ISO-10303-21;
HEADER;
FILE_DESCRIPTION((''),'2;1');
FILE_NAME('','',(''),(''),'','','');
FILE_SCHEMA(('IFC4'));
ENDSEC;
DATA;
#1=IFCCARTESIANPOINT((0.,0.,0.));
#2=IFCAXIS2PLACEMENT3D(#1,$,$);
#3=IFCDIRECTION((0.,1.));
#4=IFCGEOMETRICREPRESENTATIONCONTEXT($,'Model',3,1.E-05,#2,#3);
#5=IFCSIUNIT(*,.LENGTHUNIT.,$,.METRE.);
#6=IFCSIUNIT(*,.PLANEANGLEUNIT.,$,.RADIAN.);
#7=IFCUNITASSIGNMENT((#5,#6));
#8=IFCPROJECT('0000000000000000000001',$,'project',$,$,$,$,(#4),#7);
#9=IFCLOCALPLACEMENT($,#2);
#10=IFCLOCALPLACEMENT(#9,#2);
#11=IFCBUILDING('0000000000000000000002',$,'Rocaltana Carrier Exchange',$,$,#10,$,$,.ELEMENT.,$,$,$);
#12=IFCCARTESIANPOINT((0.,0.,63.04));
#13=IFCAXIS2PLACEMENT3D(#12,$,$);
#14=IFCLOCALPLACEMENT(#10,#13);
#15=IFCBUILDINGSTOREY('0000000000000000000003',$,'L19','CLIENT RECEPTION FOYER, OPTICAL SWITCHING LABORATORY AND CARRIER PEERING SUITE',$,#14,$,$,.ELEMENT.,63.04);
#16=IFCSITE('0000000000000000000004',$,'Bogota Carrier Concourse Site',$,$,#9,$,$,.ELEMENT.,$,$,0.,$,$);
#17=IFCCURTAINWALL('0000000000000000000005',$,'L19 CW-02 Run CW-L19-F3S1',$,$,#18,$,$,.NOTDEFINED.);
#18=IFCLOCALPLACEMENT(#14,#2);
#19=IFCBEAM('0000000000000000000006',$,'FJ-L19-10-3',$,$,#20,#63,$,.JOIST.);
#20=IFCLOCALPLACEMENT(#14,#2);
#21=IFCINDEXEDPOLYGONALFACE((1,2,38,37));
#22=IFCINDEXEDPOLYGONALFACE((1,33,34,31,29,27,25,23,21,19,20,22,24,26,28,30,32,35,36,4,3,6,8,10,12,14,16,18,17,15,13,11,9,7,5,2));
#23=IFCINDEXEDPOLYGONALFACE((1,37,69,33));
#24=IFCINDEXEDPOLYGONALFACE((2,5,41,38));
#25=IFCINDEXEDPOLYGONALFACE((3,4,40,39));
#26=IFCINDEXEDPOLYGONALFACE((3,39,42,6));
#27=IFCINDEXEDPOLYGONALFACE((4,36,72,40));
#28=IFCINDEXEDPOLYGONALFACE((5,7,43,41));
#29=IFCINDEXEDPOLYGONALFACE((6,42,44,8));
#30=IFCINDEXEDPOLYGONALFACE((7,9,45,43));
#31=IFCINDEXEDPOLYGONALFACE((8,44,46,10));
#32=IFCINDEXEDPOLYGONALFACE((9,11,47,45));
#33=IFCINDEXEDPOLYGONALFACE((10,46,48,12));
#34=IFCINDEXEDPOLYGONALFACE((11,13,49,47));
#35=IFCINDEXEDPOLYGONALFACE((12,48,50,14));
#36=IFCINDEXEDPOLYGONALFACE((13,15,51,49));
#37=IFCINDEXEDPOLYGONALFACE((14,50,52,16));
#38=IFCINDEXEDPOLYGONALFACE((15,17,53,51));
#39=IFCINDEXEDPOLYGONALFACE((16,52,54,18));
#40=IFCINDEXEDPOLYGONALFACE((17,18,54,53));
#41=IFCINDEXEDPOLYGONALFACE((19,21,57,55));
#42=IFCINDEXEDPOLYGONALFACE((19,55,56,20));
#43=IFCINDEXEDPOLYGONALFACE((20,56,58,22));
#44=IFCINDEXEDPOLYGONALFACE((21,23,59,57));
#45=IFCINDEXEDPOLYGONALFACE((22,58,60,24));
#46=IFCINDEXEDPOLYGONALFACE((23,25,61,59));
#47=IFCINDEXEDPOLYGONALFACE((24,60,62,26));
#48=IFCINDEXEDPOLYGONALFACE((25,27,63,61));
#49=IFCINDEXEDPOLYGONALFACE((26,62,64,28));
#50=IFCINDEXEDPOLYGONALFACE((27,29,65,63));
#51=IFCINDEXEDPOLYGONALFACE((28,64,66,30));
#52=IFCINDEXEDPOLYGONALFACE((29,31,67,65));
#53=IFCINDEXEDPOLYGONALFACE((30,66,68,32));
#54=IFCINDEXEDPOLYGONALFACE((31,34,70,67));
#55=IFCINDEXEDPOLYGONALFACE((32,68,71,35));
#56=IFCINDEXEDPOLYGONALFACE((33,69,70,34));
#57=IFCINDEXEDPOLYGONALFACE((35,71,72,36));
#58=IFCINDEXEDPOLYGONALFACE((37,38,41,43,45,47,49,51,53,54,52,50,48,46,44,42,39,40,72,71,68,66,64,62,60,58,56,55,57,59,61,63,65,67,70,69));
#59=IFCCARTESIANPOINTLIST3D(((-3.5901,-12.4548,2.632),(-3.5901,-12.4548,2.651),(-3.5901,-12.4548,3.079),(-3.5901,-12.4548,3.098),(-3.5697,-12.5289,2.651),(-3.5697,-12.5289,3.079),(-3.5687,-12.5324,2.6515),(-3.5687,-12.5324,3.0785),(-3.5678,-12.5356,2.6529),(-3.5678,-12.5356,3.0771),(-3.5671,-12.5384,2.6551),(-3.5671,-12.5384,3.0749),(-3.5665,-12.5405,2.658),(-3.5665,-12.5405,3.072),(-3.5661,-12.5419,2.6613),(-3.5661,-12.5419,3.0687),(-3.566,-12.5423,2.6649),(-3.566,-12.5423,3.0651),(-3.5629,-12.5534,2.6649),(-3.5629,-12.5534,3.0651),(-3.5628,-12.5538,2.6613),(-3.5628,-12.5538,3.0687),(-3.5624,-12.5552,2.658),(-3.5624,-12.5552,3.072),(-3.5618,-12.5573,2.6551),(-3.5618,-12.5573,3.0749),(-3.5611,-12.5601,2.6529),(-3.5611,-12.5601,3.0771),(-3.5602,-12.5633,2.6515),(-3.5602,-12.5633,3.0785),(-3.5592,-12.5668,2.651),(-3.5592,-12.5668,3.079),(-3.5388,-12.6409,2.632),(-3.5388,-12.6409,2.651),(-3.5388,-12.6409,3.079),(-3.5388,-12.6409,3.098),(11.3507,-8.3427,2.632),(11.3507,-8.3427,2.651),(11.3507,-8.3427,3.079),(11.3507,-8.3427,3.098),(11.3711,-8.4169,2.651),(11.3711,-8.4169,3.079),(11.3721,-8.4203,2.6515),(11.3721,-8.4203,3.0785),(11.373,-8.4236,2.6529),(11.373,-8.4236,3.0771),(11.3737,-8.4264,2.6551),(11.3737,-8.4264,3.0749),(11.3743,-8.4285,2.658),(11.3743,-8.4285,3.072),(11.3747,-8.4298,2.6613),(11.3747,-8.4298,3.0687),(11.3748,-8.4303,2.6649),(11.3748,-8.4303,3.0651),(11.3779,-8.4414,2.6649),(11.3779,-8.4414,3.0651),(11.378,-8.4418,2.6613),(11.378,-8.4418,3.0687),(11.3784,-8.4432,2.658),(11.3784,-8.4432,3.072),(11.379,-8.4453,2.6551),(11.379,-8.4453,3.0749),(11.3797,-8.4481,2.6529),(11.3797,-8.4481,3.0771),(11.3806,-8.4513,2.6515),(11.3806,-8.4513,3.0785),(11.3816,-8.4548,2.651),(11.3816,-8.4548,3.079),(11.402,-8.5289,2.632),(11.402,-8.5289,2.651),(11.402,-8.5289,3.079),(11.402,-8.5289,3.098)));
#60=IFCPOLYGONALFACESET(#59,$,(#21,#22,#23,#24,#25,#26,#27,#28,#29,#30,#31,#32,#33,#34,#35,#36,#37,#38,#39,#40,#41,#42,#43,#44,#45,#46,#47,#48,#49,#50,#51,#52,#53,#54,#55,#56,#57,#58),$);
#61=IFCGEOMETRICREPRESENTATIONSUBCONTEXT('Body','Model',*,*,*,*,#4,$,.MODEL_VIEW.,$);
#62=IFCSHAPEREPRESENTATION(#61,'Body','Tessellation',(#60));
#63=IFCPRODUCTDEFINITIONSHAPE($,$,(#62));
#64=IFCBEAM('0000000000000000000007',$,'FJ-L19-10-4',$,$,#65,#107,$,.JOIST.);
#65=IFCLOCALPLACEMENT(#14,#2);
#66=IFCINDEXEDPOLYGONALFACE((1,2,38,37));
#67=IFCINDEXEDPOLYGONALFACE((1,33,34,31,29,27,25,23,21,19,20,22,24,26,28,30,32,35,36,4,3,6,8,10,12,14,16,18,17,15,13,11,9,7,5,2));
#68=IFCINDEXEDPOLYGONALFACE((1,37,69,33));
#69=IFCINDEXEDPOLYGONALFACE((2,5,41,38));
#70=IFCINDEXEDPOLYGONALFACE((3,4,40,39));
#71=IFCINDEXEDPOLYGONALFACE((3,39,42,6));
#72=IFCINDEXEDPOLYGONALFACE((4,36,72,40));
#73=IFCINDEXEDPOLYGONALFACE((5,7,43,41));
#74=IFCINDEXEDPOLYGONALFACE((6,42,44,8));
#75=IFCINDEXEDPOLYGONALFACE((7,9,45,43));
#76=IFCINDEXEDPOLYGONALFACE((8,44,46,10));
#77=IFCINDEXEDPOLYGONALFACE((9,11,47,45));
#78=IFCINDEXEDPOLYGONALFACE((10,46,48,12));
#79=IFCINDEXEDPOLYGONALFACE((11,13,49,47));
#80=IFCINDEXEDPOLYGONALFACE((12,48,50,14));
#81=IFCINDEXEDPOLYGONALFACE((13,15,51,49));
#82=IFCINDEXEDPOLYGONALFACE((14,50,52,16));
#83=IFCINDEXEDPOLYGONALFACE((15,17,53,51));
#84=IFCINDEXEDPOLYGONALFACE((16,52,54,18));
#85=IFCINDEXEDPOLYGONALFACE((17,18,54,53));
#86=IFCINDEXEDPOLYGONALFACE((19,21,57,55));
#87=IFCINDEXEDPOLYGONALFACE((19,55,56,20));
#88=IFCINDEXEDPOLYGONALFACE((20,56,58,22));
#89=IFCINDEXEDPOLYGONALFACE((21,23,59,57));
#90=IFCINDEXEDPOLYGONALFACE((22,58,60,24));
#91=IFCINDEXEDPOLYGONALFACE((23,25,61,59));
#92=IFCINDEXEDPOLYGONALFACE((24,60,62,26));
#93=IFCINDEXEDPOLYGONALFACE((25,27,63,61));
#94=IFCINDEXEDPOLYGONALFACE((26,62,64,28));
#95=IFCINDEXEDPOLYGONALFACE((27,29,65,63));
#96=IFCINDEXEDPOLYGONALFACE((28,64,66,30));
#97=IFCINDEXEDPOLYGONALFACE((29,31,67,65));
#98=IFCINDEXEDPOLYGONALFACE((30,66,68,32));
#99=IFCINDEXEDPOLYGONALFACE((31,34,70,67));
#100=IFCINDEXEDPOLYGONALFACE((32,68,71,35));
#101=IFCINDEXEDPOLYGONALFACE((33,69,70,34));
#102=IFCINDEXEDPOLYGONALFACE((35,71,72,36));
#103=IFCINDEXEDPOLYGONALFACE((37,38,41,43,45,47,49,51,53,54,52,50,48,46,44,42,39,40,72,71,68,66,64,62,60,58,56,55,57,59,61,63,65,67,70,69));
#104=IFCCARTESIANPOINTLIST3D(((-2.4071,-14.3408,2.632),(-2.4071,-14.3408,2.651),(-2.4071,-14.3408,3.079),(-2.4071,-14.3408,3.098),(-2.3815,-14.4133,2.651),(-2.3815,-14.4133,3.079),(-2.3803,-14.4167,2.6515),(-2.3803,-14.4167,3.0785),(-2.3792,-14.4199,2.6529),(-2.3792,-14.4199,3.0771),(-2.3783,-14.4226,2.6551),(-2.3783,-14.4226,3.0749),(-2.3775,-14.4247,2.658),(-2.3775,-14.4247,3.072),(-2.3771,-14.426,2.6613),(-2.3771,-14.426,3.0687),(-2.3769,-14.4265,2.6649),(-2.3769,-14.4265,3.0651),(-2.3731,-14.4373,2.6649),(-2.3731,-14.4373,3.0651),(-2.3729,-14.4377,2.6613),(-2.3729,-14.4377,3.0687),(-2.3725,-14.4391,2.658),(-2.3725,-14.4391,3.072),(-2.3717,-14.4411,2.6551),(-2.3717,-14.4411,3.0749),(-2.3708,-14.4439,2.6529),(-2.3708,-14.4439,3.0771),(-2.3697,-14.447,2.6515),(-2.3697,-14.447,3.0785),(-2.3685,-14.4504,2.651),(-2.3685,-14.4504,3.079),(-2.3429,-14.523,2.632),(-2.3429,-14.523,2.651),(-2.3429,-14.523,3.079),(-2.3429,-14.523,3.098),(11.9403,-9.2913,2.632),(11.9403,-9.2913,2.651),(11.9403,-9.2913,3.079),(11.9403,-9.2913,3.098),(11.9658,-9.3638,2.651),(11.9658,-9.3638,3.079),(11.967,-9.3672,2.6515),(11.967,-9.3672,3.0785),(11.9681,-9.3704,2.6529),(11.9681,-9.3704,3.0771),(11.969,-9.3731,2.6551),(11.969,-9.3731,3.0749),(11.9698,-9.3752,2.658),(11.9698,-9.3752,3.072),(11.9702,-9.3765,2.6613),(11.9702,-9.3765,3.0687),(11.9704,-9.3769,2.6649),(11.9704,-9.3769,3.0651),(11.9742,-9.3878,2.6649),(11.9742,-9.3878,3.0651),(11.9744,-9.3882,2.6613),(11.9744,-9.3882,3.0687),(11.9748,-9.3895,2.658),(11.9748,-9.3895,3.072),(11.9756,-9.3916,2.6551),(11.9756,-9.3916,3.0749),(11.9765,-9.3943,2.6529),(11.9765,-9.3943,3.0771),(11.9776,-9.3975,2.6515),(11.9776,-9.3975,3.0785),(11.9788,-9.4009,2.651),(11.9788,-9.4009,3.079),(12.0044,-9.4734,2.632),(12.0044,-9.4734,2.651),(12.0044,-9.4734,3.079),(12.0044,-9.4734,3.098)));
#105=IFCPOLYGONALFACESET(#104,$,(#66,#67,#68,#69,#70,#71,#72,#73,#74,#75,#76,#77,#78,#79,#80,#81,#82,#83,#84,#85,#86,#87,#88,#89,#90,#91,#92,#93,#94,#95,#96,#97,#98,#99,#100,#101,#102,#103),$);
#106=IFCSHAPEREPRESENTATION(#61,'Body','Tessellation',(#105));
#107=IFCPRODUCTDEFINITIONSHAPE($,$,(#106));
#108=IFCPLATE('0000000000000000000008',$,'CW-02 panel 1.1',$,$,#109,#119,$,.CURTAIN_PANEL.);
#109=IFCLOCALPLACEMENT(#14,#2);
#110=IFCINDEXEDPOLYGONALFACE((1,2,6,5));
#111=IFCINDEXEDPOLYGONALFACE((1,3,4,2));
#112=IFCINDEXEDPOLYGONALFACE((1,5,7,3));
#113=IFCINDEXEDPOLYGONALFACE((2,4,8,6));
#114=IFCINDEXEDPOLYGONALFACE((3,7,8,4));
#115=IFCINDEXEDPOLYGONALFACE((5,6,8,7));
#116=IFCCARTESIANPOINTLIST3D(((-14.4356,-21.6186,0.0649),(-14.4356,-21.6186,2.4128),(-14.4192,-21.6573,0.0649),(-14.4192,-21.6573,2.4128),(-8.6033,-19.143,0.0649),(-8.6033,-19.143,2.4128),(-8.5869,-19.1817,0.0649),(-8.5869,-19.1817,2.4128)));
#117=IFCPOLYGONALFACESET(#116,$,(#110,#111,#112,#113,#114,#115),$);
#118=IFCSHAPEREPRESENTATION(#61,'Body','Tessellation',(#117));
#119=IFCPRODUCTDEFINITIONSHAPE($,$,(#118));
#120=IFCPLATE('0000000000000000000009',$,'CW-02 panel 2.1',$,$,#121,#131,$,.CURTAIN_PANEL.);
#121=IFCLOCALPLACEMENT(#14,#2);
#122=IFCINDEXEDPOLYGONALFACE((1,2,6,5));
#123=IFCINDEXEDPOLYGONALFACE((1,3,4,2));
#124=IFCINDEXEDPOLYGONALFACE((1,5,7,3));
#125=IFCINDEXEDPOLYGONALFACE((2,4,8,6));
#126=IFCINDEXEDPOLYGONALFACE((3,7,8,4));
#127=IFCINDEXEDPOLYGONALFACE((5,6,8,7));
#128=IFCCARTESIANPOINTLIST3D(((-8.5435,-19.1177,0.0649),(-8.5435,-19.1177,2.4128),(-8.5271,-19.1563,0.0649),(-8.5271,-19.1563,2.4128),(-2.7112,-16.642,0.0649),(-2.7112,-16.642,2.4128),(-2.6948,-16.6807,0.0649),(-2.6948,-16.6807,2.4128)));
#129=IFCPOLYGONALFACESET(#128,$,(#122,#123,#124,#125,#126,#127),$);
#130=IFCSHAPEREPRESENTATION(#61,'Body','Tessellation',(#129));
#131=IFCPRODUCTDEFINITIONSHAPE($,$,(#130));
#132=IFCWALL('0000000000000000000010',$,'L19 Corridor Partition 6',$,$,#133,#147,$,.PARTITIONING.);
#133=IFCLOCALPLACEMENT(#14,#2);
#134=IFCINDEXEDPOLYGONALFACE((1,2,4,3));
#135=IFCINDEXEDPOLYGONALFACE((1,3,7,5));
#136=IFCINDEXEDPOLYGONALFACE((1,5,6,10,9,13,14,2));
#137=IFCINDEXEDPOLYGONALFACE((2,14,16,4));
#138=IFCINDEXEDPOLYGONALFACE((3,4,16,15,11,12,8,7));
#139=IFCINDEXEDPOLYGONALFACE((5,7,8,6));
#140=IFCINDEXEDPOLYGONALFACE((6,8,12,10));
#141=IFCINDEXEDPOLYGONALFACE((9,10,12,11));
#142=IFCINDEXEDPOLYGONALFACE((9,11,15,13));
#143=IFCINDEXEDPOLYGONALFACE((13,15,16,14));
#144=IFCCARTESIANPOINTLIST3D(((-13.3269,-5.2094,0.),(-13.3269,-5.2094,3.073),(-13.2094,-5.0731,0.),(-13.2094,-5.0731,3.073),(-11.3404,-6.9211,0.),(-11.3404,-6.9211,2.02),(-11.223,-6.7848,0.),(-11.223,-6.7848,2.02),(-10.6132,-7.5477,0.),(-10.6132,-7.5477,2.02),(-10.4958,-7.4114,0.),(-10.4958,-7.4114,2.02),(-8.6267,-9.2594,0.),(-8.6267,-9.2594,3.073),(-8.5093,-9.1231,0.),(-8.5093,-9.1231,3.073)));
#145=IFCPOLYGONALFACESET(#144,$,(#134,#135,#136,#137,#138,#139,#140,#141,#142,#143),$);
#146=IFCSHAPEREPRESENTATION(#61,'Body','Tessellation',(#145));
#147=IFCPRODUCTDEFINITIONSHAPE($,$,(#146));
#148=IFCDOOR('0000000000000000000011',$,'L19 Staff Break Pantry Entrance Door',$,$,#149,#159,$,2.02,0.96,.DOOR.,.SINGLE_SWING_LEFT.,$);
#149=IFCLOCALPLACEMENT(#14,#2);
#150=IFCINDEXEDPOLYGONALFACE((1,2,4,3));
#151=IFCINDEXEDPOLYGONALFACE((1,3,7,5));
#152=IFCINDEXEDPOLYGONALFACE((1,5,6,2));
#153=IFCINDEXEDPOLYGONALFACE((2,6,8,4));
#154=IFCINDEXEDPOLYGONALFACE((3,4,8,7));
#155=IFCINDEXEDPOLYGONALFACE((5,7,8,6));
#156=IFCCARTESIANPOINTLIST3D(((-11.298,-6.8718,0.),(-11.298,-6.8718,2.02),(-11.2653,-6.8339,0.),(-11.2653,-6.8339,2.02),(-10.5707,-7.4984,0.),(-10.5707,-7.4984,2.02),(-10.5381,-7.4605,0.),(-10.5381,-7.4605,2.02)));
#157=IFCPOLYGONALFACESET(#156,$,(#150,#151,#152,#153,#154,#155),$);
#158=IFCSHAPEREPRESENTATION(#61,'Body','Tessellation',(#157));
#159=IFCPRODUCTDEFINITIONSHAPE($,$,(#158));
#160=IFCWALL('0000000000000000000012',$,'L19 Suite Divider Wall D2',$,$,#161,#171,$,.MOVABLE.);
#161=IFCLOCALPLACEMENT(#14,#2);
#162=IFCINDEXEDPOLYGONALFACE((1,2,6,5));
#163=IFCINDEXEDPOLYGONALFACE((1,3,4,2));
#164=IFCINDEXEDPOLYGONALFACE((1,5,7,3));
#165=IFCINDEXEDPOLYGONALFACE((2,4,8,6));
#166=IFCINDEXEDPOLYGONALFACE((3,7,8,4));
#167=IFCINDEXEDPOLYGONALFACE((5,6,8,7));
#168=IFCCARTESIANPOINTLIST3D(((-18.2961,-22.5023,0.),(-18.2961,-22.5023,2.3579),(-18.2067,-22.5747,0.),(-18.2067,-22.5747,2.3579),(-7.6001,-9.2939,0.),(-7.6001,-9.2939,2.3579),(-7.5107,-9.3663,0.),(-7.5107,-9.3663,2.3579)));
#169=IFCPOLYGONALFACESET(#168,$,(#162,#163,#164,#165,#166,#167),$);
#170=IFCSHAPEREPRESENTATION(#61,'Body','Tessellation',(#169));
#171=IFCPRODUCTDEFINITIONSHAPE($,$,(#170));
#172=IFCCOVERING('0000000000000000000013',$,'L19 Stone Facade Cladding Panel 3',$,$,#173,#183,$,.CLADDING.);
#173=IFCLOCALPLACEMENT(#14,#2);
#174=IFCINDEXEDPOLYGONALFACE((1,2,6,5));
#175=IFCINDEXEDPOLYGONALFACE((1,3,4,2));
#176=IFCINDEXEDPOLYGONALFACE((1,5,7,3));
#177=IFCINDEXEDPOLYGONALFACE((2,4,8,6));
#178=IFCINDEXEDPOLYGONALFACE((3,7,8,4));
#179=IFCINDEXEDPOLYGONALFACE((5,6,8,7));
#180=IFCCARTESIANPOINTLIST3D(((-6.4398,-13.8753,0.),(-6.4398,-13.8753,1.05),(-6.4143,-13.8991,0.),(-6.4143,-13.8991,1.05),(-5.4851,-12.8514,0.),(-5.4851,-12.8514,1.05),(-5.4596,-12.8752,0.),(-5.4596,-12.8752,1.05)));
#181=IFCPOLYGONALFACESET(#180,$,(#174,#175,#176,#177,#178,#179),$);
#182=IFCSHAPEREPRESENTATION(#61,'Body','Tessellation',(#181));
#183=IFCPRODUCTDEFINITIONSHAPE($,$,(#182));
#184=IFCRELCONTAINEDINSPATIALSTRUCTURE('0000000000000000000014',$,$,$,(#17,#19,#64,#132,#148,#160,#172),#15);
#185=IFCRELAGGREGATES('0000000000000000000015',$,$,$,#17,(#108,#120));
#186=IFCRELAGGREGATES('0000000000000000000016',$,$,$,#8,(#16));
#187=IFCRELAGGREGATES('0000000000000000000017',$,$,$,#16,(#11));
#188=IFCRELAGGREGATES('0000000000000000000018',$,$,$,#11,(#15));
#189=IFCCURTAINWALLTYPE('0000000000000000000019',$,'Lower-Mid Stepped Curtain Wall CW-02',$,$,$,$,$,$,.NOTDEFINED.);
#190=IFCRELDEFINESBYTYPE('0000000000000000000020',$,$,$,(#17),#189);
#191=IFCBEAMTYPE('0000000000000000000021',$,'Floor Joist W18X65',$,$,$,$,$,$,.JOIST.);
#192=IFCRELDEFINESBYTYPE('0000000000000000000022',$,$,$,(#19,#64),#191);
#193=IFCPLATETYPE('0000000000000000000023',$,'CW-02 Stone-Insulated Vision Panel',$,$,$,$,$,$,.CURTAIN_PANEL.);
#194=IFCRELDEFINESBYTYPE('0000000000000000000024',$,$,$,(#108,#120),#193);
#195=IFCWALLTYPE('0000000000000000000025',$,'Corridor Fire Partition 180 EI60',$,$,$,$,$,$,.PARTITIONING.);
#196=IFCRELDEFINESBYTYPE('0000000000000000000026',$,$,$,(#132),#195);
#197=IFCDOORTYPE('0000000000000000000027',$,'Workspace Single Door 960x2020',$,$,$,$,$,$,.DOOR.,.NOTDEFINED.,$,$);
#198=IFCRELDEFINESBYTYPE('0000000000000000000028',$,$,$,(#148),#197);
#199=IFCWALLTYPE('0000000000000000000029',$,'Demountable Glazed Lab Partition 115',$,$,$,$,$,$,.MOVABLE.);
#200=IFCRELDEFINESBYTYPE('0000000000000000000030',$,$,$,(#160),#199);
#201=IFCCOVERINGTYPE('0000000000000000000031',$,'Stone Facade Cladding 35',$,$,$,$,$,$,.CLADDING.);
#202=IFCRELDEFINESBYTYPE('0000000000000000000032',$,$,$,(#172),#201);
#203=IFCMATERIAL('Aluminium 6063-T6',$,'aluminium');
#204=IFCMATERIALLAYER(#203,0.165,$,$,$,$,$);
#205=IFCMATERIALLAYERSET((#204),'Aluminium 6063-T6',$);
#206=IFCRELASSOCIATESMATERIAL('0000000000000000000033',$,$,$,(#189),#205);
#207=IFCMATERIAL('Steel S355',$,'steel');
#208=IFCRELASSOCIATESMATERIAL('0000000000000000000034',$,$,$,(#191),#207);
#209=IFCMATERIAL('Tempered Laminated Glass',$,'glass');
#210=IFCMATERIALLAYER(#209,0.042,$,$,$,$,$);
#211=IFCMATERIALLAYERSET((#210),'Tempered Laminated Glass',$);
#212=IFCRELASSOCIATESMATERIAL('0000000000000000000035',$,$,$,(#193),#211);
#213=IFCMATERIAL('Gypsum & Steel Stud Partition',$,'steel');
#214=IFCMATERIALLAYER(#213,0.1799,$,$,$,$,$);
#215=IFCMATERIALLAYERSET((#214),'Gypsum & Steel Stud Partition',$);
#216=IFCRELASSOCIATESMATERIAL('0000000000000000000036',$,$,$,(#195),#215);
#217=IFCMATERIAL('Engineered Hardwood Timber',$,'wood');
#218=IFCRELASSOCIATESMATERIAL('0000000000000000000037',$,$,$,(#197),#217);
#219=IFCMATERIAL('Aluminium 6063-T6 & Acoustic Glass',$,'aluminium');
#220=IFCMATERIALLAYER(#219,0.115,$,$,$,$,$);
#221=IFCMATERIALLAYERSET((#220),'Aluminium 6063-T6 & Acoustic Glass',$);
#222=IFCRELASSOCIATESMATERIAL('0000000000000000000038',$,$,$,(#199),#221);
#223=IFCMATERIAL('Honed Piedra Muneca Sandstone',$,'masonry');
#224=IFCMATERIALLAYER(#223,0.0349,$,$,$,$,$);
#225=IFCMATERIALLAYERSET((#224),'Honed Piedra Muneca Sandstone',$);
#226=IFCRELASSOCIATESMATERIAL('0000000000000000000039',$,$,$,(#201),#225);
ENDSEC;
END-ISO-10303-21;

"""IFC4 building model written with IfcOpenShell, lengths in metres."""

from ifc_helpers import new_model, si_unit, direction, frame, frame_2d, origin, origin_2d, place, context, subcontext, project, spatial, rectangle, i_section, extrude, material, layer, layer_set, material_profile, profile_set, type_object, element, fill, aggregate, save


model = new_model("IFC4")

# Units and contexts
model_context = context("Model", 3, precision=1e-05, world=origin(), true_north=direction((0.0, 1.0)))
body_context = subcontext(model_context, "Body", "Model", "MODEL_VIEW")
ifc_project = project(units=[si_unit("LENGTHUNIT", "METRE"), si_unit("PLANEANGLEUNIT", "RADIAN")], contexts=[model_context])

# Site, building, storey
site_placement = place(None, origin())
site = spatial("IfcSite", under=ifc_project, at=site_placement, Name="Bogota Carrier Concourse Site", CompositionType="ELEMENT", RefElevation=0.0)
building_placement = place(site_placement, origin())
building = spatial("IfcBuilding", under=site, at=building_placement, Name="Rocaltana Carrier Exchange", CompositionType="ELEMENT")
storey_placement = place(building_placement, frame((0.0, 0.0, 63.04)))
storey = spatial("IfcBuildingStorey", under=building, at=storey_placement, Name="L19", Description="CLIENT RECEPTION FOYER, OPTICAL SWITCHING LABORATORY AND CARRIER PEERING SUITE", CompositionType="ELEMENT", Elevation=63.04)

# Curtain wall
ifc_material_1 = material(Name="Aluminium 6063-T6", Category="aluminium")
ifc_layer_1 = layer(ifc_material_1, 0.165)
ifc_layer_set_1 = layer_set([ifc_layer_1], Name="Aluminium 6063-T6")
curtain_wall_type = type_object("IfcCurtainWallType", Name="Lower-Mid Stepped Curtain Wall CW-02", PredefinedType="NOTDEFINED", material=ifc_layer_set_1)
curtain_wall_placement = place(storey_placement, origin())
curtain_wall = element("IfcCurtainWall", 1, at=curtain_wall_placement, inside=storey, type_object=curtain_wall_type, Name="L19 CW-02 Run CW-L19-F3S1", PredefinedType="NOTDEFINED")

# Beams
ifc_material_2 = material(Name="Steel S355", Category="steel")
ifc_material_profile_1 = material_profile(ifc_material_2, i_section(OverallWidth=0.1931, OverallDepth=0.4661, WebThickness=0.0115, FlangeThickness=0.019, FilletRadius=0.0139, at=origin_2d()), Name="W18X65")
ifc_profile_set_1 = profile_set([ifc_material_profile_1], Name="Steel S355")
beam_type = type_object("IfcBeamType", Name="Floor Joist W18X65", PredefinedType="JOIST", material=ifc_profile_set_1)
beam_1_placement = place(storey_placement, frame((-3.5645, -12.5479, 2.865), z_axis=(0.964151, 0.265355, 0.0), x_axis=(-0.265355, 0.964151, 0.0)))
element("IfcBeam", 2, at=beam_1_placement, inside=storey, type_object=beam_type, Name="FJ-L19-10-3", PredefinedType="JOIST", context=body_context, shape_type="SweptSolid", body=[
    extrude(i_section(OverallWidth=0.1931, OverallDepth=0.4661, WebThickness=0.0115, FlangeThickness=0.019, FilletRadius=0.0139, at=origin_2d()), origin(), (0.0, 0.0, 1.0), 15.4963),
])
beam_2_placement = place(storey_placement, frame((-2.375, -14.4319, 2.865), z_axis=(0.943284, 0.331988, 0.0), x_axis=(-0.331988, 0.943284, 0.0)))
element("IfcBeam", 3, at=beam_2_placement, inside=storey, type_object=beam_type, Name="FJ-L19-10-4", PredefinedType="JOIST", context=body_context, shape_type="SweptSolid", body=[
    extrude(i_section(OverallWidth=0.1931, OverallDepth=0.4661, WebThickness=0.0115, FlangeThickness=0.019, FilletRadius=0.0139, at=origin_2d()), origin(), (0.0, 0.0, 1.0), 15.21),
])

# Plates
ifc_material_3 = material(Name="Tempered Laminated Glass", Category="glass")
ifc_layer_2 = layer(ifc_material_3, 0.042)
ifc_layer_set_2 = layer_set([ifc_layer_2], Name="Tempered Laminated Glass")
plate_type = type_object("IfcPlateType", Name="CW-02 Stone-Insulated Vision Panel", PredefinedType="CURTAIN_PANEL", material=ifc_layer_set_2)
plate_1_placement = place(storey_placement, frame((-11.5112, -20.4001, 0.0649), z_axis=(0.0, 0.0, 1.0), x_axis=(0.920506, 0.390729, 0.0)))
plate_1 = element("IfcPlate", 4, at=plate_1_placement, type_object=plate_type, Name="CW-02 panel 1.1", PredefinedType="CURTAIN_PANEL", context=body_context, shape_type="SweptSolid", body=[
    extrude(rectangle(XDim=6.3359, YDim=0.042, at=origin_2d()), origin(), (0.0, 0.0, 1.0), 2.3479),
])
plate_2_placement = place(storey_placement, frame((-5.6191, -17.8992, 0.0649), z_axis=(0.0, 0.0, 1.0), x_axis=(0.920506, 0.390729, 0.0)))
plate_2 = element("IfcPlate", 5, at=plate_2_placement, type_object=plate_type, Name="CW-02 panel 2.1", PredefinedType="CURTAIN_PANEL", context=body_context, shape_type="SweptSolid", body=[
    extrude(rectangle(XDim=6.3359, YDim=0.042, at=origin_2d()), origin(), (0.0, 0.0, 1.0), 2.3479),
])
aggregate(curtain_wall, [plate_1, plate_2])

# Wall, opening, door
ifc_material_4 = material(Name="Gypsum & Steel Stud Partition", Category="steel")
ifc_layer_3 = layer(ifc_material_4, 0.1799)
ifc_layer_set_3 = layer_set([ifc_layer_3], Name="Gypsum & Steel Stud Partition")
wall_type_1 = type_object("IfcWallType", Name="Corridor Fire Partition 180 EI60", PredefinedType="PARTITIONING", material=ifc_layer_set_3)
wall_1_placement = place(storey_placement, frame((-8.5681, -9.1912, 0.0), z_axis=(0.0, 0.0, 1.0), x_axis=(-0.757557, 0.652769, 0.0)))
wall_1 = element("IfcWall", 6, at=wall_1_placement, inside=storey, type_object=wall_type_1, Name="L19 Corridor Partition 6", PredefinedType="PARTITIONING", context=body_context, shape_type="SweptSolid", body=[
    extrude(rectangle(XDim=6.2043, YDim=0.1799, at=frame_2d((3.1021, 0.0))), origin(), (0.0, 0.0, 1.0), 3.073),
])
opening_placement = place(wall_1_placement, frame((2.6221, 0.0, 0.0)))
opening = element("IfcOpeningElement", 7, at=opening_placement, cuts=wall_1, PredefinedType="OPENING", context=body_context, shape_type="SweptSolid", body=[
    extrude(rectangle(XDim=0.96, YDim=2.02, at=frame_2d((0.48, 1.01))), frame((0.0, 0.0999, 0.0), z_axis=(0.0, -1.0, 0.0), x_axis=(1.0, 0.0, 0.0)), (0.0, 0.0, 1.0), 0.2),
])
ifc_material_5 = material(Name="Engineered Hardwood Timber", Category="wood")
door_type = type_object("IfcDoorType", Name="Workspace Single Door 960x2020", OperationType="NOTDEFINED", PredefinedType="DOOR", material=ifc_material_5)
door_placement = place(opening_placement, origin())
door = element("IfcDoor", 8, at=door_placement, inside=storey, type_object=door_type, Name="L19 Staff Break Pantry Entrance Door", OperationType="SINGLE_SWING_LEFT", OverallHeight=2.02, OverallWidth=0.96, PredefinedType="DOOR", context=body_context, shape_type="SweptSolid", body=[
    extrude(rectangle(XDim=0.96, YDim=2.02, at=frame_2d((0.48, 1.01))), frame((0.0, 0.0249, 0.0), z_axis=(0.0, -1.0, 0.0), x_axis=(1.0, 0.0, 0.0)), (0.0, 0.0, 1.0), 0.05),
])
fill(opening, door)

# Wall
ifc_material_6 = material(Name="Aluminium 6063-T6 & Acoustic Glass", Category="aluminium")
ifc_layer_4 = layer(ifc_material_6, 0.115)
ifc_layer_set_4 = layer_set([ifc_layer_4], Name="Aluminium 6063-T6 & Acoustic Glass")
wall_type_2 = type_object("IfcWallType", Name="Demountable Glazed Lab Partition 115", PredefinedType="MOVABLE", material=ifc_layer_set_4)
wall_2_placement = place(storey_placement, frame((-7.5554, -9.3301, 0.0), z_axis=(0.0, 0.0, 1.0), x_axis=(-0.629321, -0.777146, 0.0)))
element("IfcWall", 9, at=wall_2_placement, inside=storey, type_object=wall_type_2, Name="L19 Suite Divider Wall D2", PredefinedType="MOVABLE", context=body_context, shape_type="SweptSolid", body=[
    extrude(rectangle(XDim=16.9961, YDim=0.115, at=frame_2d((8.498, 0.0))), origin(), (0.0, 0.0, 1.0), 2.3579),
])

# Covering
ifc_material_7 = material(Name="Honed Piedra Muneca Sandstone", Category="masonry")
ifc_layer_5 = layer(ifc_material_7, 0.0349)
ifc_layer_set_5 = layer_set([ifc_layer_5], Name="Honed Piedra Muneca Sandstone")
covering_type = type_object("IfcCoveringType", Name="Stone Facade Cladding 35", PredefinedType="CLADDING", material=ifc_layer_set_5)
covering_placement = place(storey_placement, frame((-5.9497, -13.3752, 0.0), z_axis=(0.0, 0.0, 1.0), x_axis=(0.681998, 0.731354, 0.0)))
element("IfcCovering", 10, at=covering_placement, inside=storey, type_object=covering_type, Name="L19 Stone Facade Cladding Panel 3", PredefinedType="CLADDING", context=body_context, shape_type="SweptSolid", body=[
    extrude(rectangle(XDim=1.3999, YDim=0.0349, at=origin_2d()), origin(), (0.0, 0.0, 1.0), 1.05),
])

save(model, "model.ifc")
